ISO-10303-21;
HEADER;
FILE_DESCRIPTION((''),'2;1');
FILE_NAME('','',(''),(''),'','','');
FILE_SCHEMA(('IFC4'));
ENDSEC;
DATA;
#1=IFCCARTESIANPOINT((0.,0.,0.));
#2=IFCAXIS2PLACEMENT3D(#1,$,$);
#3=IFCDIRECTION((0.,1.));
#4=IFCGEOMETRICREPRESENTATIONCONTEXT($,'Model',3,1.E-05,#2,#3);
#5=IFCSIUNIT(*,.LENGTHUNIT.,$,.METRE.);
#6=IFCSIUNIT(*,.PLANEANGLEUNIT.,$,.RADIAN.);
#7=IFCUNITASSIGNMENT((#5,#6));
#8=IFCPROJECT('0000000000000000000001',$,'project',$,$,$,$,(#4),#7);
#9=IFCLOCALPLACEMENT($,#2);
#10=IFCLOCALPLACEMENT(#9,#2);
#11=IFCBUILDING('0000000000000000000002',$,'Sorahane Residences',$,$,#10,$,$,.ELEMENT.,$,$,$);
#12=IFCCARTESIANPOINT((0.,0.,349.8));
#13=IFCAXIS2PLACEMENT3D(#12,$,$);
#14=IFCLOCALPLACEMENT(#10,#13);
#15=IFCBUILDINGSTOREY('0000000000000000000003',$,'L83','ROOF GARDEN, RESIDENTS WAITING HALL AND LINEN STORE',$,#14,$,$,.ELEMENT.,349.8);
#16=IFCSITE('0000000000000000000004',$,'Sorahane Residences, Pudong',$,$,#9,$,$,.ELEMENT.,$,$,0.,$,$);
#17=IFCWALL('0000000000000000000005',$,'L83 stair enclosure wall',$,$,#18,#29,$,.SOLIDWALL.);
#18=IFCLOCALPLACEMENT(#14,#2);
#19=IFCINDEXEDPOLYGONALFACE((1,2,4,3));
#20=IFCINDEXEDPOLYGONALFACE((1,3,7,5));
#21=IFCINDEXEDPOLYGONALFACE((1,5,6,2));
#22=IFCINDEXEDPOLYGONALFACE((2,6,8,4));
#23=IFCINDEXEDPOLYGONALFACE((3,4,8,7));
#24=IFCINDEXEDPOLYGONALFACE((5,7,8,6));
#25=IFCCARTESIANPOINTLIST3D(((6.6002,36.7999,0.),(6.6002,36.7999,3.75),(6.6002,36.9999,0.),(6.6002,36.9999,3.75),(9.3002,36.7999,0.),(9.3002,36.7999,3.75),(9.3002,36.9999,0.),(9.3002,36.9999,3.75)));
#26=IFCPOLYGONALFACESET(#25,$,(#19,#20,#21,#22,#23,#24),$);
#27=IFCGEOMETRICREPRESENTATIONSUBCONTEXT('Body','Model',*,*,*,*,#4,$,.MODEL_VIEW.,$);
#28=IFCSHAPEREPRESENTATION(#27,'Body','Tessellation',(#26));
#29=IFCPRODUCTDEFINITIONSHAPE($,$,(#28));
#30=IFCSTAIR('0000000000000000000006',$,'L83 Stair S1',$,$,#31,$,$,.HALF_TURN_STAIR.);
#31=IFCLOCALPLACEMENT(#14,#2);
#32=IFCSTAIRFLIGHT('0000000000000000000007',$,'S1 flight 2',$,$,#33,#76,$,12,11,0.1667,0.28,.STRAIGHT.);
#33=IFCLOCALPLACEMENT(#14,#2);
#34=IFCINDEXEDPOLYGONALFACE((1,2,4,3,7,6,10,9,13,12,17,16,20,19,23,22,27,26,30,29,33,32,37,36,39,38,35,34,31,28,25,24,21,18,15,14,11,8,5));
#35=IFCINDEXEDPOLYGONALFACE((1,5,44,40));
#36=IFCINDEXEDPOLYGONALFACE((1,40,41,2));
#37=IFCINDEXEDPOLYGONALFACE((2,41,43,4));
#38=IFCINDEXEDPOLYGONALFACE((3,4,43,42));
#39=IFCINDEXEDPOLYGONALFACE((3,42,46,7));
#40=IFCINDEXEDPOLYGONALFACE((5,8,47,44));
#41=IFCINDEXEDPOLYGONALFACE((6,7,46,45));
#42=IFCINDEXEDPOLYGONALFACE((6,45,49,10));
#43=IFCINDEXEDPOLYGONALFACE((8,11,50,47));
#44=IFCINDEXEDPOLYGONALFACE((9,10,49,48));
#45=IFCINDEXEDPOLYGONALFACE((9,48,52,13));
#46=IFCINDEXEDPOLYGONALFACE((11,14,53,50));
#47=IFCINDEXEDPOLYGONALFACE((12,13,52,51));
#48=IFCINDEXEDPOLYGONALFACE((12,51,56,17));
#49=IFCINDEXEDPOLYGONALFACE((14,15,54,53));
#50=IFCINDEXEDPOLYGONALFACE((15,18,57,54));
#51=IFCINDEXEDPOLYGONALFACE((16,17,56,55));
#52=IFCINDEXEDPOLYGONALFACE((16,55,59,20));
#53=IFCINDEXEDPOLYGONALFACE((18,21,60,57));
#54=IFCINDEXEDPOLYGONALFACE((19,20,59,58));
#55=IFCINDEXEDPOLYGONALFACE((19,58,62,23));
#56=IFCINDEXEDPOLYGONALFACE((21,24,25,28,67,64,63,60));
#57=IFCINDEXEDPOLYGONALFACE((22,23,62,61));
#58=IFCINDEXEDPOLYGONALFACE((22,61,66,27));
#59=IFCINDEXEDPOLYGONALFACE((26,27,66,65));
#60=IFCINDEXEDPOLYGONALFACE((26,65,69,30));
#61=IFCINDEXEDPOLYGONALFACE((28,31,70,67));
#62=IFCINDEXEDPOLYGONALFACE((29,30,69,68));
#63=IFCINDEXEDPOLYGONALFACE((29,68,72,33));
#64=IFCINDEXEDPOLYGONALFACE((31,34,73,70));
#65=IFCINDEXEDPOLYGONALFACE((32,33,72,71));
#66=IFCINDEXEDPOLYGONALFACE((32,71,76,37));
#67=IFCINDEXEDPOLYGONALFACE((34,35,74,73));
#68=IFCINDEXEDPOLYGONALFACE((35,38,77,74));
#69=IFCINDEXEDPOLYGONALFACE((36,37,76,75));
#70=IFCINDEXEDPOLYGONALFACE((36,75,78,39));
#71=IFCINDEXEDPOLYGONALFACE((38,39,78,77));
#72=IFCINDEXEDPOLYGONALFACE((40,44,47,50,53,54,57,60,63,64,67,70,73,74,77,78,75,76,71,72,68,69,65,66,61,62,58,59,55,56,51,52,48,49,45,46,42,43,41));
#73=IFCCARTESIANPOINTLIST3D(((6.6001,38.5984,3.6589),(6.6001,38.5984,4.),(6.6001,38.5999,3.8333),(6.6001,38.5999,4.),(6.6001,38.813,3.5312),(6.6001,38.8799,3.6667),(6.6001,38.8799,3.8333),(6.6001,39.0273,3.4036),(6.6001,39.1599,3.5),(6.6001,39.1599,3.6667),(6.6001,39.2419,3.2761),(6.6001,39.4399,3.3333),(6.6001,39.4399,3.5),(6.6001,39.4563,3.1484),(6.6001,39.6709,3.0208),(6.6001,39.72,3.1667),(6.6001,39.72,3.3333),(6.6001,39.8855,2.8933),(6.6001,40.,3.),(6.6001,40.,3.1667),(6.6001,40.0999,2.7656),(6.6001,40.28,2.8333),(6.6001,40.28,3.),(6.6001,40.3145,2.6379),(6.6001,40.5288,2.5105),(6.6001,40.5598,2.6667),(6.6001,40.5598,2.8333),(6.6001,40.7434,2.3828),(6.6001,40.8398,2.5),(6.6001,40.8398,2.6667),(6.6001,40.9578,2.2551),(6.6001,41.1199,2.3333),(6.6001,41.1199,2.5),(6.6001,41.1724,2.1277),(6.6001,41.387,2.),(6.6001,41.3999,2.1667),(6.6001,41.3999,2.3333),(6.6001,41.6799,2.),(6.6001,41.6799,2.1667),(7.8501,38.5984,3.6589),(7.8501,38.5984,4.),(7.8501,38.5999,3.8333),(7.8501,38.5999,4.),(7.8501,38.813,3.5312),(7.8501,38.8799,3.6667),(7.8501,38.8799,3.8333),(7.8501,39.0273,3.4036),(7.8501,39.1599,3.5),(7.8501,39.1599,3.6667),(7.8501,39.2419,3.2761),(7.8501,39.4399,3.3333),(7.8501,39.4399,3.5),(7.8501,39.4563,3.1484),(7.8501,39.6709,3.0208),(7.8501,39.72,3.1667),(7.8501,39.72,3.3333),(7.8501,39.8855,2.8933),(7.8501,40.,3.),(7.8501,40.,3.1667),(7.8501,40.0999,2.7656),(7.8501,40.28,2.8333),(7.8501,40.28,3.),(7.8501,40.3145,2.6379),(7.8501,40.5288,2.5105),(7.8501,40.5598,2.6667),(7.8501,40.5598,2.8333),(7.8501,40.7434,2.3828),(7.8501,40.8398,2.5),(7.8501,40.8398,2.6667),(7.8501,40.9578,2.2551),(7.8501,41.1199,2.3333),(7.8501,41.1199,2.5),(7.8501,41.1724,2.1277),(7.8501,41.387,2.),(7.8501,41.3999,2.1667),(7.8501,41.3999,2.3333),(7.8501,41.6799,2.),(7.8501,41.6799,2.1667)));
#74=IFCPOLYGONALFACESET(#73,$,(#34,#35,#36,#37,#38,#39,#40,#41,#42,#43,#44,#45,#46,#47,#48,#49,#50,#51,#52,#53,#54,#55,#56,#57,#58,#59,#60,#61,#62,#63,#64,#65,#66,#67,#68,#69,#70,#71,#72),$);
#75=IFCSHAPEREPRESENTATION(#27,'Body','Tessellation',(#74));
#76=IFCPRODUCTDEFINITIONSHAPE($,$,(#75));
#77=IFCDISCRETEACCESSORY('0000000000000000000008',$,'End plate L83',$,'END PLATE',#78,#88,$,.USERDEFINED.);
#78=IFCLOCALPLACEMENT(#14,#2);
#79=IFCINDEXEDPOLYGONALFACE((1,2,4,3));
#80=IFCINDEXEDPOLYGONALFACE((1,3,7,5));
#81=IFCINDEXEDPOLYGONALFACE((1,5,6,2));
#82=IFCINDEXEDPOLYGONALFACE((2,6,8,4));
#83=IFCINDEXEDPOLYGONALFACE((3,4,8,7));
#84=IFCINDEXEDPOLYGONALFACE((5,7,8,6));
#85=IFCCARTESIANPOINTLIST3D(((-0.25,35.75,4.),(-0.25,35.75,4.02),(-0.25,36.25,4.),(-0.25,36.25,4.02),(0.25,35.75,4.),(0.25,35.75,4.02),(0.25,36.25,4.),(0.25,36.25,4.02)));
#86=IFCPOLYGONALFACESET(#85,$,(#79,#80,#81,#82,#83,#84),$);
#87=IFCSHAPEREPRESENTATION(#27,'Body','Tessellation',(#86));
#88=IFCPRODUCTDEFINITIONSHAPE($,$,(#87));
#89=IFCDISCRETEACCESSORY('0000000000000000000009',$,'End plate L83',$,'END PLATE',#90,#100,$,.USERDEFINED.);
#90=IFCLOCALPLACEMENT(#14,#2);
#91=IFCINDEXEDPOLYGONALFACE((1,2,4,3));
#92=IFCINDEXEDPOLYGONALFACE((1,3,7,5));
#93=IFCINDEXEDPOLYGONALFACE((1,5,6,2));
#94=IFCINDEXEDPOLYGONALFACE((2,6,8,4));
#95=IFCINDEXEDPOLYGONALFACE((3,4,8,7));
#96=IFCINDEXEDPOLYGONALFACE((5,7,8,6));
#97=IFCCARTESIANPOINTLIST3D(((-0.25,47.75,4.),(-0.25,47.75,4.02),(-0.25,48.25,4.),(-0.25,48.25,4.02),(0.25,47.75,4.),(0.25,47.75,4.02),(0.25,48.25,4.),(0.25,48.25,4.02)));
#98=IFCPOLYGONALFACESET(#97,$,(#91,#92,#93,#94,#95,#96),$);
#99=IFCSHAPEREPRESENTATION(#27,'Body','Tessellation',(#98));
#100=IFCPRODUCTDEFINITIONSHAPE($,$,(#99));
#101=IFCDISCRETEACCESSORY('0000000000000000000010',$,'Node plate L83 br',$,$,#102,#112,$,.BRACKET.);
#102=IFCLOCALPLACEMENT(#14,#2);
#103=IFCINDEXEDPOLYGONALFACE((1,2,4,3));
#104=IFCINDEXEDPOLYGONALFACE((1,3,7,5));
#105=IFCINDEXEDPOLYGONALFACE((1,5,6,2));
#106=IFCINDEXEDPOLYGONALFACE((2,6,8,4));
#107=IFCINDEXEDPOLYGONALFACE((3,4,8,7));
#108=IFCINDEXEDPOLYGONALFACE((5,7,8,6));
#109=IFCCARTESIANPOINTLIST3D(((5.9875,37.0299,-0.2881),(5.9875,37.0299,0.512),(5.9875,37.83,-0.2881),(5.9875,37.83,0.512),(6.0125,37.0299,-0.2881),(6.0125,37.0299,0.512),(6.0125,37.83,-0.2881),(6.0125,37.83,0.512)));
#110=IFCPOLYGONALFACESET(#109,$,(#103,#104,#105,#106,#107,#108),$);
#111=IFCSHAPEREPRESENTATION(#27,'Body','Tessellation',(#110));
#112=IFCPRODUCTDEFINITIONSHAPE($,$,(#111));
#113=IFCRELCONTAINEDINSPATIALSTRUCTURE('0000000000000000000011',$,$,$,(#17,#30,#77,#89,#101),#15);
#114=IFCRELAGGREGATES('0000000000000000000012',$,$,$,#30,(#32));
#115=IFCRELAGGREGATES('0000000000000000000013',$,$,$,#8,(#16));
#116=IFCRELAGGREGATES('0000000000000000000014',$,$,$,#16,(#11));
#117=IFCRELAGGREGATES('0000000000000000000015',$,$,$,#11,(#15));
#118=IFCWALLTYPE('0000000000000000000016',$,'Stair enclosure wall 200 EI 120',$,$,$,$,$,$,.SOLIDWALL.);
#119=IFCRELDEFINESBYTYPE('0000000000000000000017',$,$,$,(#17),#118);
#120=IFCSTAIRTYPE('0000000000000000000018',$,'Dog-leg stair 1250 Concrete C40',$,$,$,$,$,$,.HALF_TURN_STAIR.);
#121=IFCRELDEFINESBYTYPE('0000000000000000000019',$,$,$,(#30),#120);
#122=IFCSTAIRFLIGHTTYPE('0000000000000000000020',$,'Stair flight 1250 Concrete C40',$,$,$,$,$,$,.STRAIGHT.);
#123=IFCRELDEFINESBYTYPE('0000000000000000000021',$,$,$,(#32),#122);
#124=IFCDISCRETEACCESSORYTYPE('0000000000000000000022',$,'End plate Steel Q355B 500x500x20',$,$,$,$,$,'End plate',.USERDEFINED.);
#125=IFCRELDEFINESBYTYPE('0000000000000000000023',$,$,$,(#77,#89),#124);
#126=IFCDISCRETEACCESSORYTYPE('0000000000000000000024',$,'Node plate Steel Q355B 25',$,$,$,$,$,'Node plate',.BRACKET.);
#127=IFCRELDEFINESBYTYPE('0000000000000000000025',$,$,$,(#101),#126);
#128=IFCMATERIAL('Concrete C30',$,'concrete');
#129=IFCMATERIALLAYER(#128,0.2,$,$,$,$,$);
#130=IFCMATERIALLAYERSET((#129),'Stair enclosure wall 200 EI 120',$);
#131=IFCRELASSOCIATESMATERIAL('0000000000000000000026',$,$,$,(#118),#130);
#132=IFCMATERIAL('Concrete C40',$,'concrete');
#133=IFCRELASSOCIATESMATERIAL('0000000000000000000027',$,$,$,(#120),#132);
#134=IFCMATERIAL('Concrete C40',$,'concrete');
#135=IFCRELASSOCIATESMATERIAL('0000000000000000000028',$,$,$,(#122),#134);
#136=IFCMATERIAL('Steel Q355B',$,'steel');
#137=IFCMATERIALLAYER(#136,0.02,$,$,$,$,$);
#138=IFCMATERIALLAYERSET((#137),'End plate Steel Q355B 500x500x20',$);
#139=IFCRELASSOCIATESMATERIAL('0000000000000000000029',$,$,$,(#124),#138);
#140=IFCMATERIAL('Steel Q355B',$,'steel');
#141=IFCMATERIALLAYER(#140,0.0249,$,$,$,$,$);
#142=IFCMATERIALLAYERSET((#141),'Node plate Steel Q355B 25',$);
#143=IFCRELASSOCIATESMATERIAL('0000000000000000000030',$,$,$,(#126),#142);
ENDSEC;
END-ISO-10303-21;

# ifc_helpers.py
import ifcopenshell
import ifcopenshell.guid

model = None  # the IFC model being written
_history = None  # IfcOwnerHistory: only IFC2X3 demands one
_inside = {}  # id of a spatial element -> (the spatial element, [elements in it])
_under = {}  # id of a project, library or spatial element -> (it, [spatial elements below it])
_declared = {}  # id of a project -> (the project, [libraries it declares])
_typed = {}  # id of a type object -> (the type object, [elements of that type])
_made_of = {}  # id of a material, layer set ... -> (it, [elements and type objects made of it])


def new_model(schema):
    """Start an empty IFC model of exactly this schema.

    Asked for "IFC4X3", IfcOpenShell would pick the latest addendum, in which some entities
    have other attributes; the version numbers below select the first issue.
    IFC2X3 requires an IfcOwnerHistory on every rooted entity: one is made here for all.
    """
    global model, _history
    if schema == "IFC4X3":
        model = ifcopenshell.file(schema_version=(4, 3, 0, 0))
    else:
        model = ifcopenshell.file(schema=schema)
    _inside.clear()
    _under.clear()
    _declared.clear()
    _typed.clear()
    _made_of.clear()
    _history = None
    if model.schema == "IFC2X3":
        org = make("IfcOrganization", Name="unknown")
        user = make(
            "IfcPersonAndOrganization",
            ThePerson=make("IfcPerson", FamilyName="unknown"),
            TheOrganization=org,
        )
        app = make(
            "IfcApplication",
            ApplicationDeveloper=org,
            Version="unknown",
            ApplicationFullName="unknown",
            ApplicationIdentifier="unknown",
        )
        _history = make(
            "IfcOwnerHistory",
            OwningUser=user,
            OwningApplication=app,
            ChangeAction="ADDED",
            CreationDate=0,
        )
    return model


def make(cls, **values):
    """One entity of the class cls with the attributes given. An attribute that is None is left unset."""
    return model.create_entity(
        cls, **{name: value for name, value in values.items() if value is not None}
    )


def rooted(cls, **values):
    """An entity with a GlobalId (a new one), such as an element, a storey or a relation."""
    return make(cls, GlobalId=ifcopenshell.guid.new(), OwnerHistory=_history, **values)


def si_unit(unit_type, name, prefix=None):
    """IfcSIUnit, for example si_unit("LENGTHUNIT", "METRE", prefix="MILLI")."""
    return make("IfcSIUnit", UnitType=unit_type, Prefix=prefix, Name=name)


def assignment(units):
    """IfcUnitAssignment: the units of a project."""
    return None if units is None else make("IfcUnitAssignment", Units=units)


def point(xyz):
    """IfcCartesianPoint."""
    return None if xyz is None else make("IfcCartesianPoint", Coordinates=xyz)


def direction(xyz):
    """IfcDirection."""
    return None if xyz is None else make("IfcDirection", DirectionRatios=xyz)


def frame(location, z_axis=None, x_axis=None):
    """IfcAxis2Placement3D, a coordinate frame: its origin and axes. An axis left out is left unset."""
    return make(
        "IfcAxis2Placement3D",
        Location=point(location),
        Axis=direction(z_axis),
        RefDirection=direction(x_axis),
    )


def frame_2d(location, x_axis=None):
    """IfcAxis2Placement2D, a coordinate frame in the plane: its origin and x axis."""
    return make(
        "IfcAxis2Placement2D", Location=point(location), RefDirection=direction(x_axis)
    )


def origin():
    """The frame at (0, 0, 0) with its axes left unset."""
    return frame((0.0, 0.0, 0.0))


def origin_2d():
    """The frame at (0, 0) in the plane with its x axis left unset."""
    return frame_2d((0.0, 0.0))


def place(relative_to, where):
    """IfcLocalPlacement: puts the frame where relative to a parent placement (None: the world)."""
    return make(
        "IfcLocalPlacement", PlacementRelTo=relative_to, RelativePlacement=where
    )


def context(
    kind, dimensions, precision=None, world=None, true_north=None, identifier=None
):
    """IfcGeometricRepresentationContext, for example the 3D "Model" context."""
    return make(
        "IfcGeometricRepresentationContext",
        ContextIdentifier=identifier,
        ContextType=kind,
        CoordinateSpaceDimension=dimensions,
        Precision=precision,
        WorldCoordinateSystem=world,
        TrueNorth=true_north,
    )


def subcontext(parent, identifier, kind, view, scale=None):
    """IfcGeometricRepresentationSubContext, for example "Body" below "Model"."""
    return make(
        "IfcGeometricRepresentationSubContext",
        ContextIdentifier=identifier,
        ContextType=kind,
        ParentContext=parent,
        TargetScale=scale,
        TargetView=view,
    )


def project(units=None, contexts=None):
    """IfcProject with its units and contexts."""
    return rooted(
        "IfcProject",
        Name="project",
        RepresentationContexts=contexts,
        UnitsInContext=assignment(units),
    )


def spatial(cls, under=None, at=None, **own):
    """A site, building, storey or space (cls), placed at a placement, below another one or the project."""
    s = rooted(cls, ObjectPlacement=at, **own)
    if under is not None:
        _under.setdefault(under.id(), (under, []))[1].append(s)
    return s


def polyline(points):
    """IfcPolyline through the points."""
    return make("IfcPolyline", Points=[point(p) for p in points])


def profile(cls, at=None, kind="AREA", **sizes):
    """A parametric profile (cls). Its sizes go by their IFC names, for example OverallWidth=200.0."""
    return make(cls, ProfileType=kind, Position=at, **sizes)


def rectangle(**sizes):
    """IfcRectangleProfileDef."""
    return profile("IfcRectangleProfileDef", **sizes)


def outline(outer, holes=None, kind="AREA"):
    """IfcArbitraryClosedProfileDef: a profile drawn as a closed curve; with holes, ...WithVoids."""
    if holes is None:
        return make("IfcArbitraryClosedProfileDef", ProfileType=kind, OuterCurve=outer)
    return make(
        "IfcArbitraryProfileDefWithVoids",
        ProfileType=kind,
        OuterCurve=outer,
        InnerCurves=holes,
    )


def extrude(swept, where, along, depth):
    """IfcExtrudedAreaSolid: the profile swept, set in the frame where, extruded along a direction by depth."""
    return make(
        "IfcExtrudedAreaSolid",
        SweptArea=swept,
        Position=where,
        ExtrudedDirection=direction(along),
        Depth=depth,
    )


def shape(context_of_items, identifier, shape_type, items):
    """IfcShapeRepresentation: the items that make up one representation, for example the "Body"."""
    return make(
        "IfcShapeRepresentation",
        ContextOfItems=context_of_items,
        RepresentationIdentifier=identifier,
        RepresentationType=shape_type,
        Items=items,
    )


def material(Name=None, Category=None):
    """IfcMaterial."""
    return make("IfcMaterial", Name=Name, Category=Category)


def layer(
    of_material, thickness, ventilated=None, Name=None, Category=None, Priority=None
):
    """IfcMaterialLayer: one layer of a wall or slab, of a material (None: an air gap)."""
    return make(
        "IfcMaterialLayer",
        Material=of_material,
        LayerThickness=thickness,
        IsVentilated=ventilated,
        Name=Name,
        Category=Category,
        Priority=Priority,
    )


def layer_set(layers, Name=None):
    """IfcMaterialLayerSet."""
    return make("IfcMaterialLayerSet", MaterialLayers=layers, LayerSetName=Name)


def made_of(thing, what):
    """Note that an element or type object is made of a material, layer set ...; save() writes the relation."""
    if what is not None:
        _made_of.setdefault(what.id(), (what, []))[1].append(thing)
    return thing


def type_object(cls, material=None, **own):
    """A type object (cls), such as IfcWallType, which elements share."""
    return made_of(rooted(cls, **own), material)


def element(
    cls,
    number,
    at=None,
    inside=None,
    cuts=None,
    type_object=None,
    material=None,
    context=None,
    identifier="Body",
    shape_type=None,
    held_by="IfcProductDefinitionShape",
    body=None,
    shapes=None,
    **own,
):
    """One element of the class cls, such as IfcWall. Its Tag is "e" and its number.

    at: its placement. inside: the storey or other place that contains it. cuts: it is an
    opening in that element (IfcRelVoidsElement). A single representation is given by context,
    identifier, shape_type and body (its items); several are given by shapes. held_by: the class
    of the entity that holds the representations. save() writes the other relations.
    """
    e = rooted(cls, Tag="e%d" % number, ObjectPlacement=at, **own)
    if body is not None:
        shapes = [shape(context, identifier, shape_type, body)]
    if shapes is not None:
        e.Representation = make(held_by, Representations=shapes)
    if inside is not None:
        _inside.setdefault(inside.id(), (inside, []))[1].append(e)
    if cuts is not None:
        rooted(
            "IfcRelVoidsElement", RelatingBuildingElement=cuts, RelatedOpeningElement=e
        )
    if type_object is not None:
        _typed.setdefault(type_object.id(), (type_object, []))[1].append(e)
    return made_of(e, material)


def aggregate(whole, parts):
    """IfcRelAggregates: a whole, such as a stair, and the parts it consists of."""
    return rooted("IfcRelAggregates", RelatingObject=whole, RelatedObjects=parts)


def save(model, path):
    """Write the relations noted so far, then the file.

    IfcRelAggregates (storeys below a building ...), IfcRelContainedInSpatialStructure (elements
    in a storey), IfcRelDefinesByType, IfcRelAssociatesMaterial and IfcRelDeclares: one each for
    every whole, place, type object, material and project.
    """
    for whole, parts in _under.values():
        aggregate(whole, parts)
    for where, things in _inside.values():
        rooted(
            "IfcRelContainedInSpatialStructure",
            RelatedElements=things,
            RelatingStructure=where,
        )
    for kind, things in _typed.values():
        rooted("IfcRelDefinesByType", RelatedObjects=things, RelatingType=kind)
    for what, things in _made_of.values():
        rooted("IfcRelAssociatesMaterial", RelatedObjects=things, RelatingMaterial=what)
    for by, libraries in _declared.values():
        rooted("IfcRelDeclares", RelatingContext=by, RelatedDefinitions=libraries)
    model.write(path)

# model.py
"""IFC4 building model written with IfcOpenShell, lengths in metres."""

from ifc_helpers import new_model, si_unit, direction, frame, frame_2d, origin, origin_2d, place, context, subcontext, project, spatial, polyline, rectangle, outline, extrude, material, layer, layer_set, type_object, element, aggregate, save


model = new_model("IFC4")

# Units and contexts
model_context = context("Model", 3, precision=1e-05, world=origin(), true_north=direction((0.0, 1.0)))
body_context = subcontext(model_context, "Body", "Model", "MODEL_VIEW")
ifc_project = project(units=[si_unit("LENGTHUNIT", "METRE"), si_unit("PLANEANGLEUNIT", "RADIAN")], contexts=[model_context])

# Site, building, storey
site_placement = place(None, origin())
site = spatial("IfcSite", under=ifc_project, at=site_placement, Name="Sorahane Residences, Pudong", CompositionType="ELEMENT", RefElevation=0.0)
building_placement = place(site_placement, origin())
building = spatial("IfcBuilding", under=site, at=building_placement, Name="Sorahane Residences", CompositionType="ELEMENT")
storey_placement = place(building_placement, frame((0.0, 0.0, 349.8)))
storey = spatial("IfcBuildingStorey", under=building, at=storey_placement, Name="L83", Description="ROOF GARDEN, RESIDENTS WAITING HALL AND LINEN STORE", CompositionType="ELEMENT", Elevation=349.8)

# Wall
ifc_material_1 = material(Name="Concrete C30", Category="concrete")
ifc_layer_1 = layer(ifc_material_1, 0.2)
ifc_layer_set_1 = layer_set([ifc_layer_1], Name="Stair enclosure wall 200 EI 120")
wall_type_1 = type_object("IfcWallType", Name="Stair enclosure wall 200 EI 120", PredefinedType="SOLIDWALL", material=ifc_layer_set_1)
wall_1_placement = place(storey_placement, frame((6.6001, 36.8999, 0.0), z_axis=(0.0, 0.0, 1.0), x_axis=(1.0, 0.0, 0.0)))
element("IfcWall", 1, at=wall_1_placement, inside=storey, type_object=wall_type_1, Name="L83 stair enclosure wall", PredefinedType="SOLIDWALL", context=body_context, shape_type="SweptSolid", body=[
    extrude(rectangle(XDim=2.7, YDim=0.2, at=frame_2d((1.3501, 0.0))), origin(), (0.0, 0.0, 1.0), 3.75),
])

# Stair, stair flight
ifc_material_2 = material(Name="Concrete C40", Category="concrete")
stair_type = type_object("IfcStairType", Name="Dog-leg stair 1250 Concrete C40", PredefinedType="HALF_TURN_STAIR", material=ifc_material_2)
stair_placement = place(storey_placement, origin())
stair = element("IfcStair", 2, at=stair_placement, inside=storey, type_object=stair_type, Name="L83 Stair S1", PredefinedType="HALF_TURN_STAIR")
ifc_material_3 = material(Name="Concrete C40", Category="concrete")
stair_flight_type = type_object("IfcStairFlightType", Name="Stair flight 1250 Concrete C40", PredefinedType="STRAIGHT", material=ifc_material_3)
stair_flight_placement = place(storey_placement, frame((7.2251, 41.6799, 2.0), z_axis=(0.0, 0.0, 1.0), x_axis=(0.0, -1.0, 0.0)))
stair_flight = element("IfcStairFlight", 3, at=stair_flight_placement, type_object=stair_flight_type, Name="S1 flight 2", NumberOfRisers=12, NumberOfTreads=11, PredefinedType="STRAIGHT", RiserHeight=0.1667, TreadLength=0.28, context=body_context, shape_type="SweptSolid", body=[
    extrude(outline(polyline([(0.0, 0.0), (0.0, 0.1667), (0.28, 0.1667), (0.28, 0.3333), (0.5601, 0.3333), (0.5601, 0.5), (0.8401, 0.5), (0.8401, 0.6667), (1.1201, 0.6667), (1.1201, 0.8333), (1.3999, 0.8333), (1.3999, 1.0), (1.6799, 1.0), (1.6799, 1.1667), (1.96, 1.1667), (1.96, 1.3333), (2.24, 1.3333), (2.24, 1.5), (2.52, 1.5), (2.52, 1.6667), (2.8, 1.6667), (2.8, 1.8333), (3.0801, 1.8333), (3.0801, 2.0), (3.0815, 2.0), (3.0815, 1.6589), (2.8669, 1.5312), (2.6526, 1.4036), (2.438, 1.2761), (2.2236, 1.1484), (2.009, 1.0208), (1.7944, 0.8933), (1.5801, 0.7656), (1.3655, 0.6379), (1.1511, 0.5105), (0.9365, 0.3828), (0.7222, 0.2551), (0.5076, 0.1277), (0.293, 0.0), (0.0, 0.0)])), frame((0.0, 0.625, 0.0), z_axis=(0.0, -1.0, 0.0), x_axis=(1.0, 0.0, 0.0)), (0.0, 0.0, 1.0), 1.25),
])
aggregate(stair, [stair_flight])

# Discrete accessories
ifc_material_4 = material(Name="Steel Q355B", Category="steel")
ifc_layer_2 = layer(ifc_material_4, 0.02)
ifc_layer_set_2 = layer_set([ifc_layer_2], Name="End plate Steel Q355B 500x500x20")
discrete_accessory_type_1 = type_object("IfcDiscreteAccessoryType", Name="End plate Steel Q355B 500x500x20", ElementType="End plate", PredefinedType="USERDEFINED", material=ifc_layer_set_2)
for number, where, z_axis, x_axis, name in (
    (4, (0.0, 36.0, 4.0), (0.0, 0.0, 1.0), (1.0, 0.0, 0.0), "End plate L83"),
    (5, (0.0, 48.0, 4.0), (0.0, 0.0, 1.0), (1.0, 0.0, 0.0), "End plate L83"),
):
    element("IfcDiscreteAccessory", number, at=place(storey_placement, frame(where, z_axis=z_axis, x_axis=x_axis)), inside=storey, type_object=discrete_accessory_type_1, Name=name, ObjectType="END PLATE", PredefinedType="USERDEFINED", context=body_context, shape_type="SweptSolid", body=[
        extrude(rectangle(XDim=0.5, YDim=0.5, at=origin_2d()), origin(), (0.0, 0.0, 1.0), 0.02),
    ])
ifc_material_5 = material(Name="Steel Q355B", Category="steel")
ifc_layer_3 = layer(ifc_material_5, 0.0249)
ifc_layer_set_3 = layer_set([ifc_layer_3], Name="Node plate Steel Q355B 25")
discrete_accessory_type_2 = type_object("IfcDiscreteAccessoryType", Name="Node plate Steel Q355B 25", ElementType="Node plate", PredefinedType="BRACKET", material=ifc_layer_set_3)
discrete_accessory_placement = place(storey_placement, frame((6.0, 37.4299, -0.2881), z_axis=(0.0, 0.0, 1.0), x_axis=(0.0, 1.0, 0.0)))
element("IfcDiscreteAccessory", 6, at=discrete_accessory_placement, inside=storey, type_object=discrete_accessory_type_2, Name="Node plate L83 br", PredefinedType="BRACKET", context=body_context, shape_type="SweptSolid", body=[
    extrude(rectangle(XDim=0.8, YDim=0.0249, at=origin_2d()), origin(), (0.0, 0.0, 1.0), 0.8),
])

save(model, "model.ifc")
